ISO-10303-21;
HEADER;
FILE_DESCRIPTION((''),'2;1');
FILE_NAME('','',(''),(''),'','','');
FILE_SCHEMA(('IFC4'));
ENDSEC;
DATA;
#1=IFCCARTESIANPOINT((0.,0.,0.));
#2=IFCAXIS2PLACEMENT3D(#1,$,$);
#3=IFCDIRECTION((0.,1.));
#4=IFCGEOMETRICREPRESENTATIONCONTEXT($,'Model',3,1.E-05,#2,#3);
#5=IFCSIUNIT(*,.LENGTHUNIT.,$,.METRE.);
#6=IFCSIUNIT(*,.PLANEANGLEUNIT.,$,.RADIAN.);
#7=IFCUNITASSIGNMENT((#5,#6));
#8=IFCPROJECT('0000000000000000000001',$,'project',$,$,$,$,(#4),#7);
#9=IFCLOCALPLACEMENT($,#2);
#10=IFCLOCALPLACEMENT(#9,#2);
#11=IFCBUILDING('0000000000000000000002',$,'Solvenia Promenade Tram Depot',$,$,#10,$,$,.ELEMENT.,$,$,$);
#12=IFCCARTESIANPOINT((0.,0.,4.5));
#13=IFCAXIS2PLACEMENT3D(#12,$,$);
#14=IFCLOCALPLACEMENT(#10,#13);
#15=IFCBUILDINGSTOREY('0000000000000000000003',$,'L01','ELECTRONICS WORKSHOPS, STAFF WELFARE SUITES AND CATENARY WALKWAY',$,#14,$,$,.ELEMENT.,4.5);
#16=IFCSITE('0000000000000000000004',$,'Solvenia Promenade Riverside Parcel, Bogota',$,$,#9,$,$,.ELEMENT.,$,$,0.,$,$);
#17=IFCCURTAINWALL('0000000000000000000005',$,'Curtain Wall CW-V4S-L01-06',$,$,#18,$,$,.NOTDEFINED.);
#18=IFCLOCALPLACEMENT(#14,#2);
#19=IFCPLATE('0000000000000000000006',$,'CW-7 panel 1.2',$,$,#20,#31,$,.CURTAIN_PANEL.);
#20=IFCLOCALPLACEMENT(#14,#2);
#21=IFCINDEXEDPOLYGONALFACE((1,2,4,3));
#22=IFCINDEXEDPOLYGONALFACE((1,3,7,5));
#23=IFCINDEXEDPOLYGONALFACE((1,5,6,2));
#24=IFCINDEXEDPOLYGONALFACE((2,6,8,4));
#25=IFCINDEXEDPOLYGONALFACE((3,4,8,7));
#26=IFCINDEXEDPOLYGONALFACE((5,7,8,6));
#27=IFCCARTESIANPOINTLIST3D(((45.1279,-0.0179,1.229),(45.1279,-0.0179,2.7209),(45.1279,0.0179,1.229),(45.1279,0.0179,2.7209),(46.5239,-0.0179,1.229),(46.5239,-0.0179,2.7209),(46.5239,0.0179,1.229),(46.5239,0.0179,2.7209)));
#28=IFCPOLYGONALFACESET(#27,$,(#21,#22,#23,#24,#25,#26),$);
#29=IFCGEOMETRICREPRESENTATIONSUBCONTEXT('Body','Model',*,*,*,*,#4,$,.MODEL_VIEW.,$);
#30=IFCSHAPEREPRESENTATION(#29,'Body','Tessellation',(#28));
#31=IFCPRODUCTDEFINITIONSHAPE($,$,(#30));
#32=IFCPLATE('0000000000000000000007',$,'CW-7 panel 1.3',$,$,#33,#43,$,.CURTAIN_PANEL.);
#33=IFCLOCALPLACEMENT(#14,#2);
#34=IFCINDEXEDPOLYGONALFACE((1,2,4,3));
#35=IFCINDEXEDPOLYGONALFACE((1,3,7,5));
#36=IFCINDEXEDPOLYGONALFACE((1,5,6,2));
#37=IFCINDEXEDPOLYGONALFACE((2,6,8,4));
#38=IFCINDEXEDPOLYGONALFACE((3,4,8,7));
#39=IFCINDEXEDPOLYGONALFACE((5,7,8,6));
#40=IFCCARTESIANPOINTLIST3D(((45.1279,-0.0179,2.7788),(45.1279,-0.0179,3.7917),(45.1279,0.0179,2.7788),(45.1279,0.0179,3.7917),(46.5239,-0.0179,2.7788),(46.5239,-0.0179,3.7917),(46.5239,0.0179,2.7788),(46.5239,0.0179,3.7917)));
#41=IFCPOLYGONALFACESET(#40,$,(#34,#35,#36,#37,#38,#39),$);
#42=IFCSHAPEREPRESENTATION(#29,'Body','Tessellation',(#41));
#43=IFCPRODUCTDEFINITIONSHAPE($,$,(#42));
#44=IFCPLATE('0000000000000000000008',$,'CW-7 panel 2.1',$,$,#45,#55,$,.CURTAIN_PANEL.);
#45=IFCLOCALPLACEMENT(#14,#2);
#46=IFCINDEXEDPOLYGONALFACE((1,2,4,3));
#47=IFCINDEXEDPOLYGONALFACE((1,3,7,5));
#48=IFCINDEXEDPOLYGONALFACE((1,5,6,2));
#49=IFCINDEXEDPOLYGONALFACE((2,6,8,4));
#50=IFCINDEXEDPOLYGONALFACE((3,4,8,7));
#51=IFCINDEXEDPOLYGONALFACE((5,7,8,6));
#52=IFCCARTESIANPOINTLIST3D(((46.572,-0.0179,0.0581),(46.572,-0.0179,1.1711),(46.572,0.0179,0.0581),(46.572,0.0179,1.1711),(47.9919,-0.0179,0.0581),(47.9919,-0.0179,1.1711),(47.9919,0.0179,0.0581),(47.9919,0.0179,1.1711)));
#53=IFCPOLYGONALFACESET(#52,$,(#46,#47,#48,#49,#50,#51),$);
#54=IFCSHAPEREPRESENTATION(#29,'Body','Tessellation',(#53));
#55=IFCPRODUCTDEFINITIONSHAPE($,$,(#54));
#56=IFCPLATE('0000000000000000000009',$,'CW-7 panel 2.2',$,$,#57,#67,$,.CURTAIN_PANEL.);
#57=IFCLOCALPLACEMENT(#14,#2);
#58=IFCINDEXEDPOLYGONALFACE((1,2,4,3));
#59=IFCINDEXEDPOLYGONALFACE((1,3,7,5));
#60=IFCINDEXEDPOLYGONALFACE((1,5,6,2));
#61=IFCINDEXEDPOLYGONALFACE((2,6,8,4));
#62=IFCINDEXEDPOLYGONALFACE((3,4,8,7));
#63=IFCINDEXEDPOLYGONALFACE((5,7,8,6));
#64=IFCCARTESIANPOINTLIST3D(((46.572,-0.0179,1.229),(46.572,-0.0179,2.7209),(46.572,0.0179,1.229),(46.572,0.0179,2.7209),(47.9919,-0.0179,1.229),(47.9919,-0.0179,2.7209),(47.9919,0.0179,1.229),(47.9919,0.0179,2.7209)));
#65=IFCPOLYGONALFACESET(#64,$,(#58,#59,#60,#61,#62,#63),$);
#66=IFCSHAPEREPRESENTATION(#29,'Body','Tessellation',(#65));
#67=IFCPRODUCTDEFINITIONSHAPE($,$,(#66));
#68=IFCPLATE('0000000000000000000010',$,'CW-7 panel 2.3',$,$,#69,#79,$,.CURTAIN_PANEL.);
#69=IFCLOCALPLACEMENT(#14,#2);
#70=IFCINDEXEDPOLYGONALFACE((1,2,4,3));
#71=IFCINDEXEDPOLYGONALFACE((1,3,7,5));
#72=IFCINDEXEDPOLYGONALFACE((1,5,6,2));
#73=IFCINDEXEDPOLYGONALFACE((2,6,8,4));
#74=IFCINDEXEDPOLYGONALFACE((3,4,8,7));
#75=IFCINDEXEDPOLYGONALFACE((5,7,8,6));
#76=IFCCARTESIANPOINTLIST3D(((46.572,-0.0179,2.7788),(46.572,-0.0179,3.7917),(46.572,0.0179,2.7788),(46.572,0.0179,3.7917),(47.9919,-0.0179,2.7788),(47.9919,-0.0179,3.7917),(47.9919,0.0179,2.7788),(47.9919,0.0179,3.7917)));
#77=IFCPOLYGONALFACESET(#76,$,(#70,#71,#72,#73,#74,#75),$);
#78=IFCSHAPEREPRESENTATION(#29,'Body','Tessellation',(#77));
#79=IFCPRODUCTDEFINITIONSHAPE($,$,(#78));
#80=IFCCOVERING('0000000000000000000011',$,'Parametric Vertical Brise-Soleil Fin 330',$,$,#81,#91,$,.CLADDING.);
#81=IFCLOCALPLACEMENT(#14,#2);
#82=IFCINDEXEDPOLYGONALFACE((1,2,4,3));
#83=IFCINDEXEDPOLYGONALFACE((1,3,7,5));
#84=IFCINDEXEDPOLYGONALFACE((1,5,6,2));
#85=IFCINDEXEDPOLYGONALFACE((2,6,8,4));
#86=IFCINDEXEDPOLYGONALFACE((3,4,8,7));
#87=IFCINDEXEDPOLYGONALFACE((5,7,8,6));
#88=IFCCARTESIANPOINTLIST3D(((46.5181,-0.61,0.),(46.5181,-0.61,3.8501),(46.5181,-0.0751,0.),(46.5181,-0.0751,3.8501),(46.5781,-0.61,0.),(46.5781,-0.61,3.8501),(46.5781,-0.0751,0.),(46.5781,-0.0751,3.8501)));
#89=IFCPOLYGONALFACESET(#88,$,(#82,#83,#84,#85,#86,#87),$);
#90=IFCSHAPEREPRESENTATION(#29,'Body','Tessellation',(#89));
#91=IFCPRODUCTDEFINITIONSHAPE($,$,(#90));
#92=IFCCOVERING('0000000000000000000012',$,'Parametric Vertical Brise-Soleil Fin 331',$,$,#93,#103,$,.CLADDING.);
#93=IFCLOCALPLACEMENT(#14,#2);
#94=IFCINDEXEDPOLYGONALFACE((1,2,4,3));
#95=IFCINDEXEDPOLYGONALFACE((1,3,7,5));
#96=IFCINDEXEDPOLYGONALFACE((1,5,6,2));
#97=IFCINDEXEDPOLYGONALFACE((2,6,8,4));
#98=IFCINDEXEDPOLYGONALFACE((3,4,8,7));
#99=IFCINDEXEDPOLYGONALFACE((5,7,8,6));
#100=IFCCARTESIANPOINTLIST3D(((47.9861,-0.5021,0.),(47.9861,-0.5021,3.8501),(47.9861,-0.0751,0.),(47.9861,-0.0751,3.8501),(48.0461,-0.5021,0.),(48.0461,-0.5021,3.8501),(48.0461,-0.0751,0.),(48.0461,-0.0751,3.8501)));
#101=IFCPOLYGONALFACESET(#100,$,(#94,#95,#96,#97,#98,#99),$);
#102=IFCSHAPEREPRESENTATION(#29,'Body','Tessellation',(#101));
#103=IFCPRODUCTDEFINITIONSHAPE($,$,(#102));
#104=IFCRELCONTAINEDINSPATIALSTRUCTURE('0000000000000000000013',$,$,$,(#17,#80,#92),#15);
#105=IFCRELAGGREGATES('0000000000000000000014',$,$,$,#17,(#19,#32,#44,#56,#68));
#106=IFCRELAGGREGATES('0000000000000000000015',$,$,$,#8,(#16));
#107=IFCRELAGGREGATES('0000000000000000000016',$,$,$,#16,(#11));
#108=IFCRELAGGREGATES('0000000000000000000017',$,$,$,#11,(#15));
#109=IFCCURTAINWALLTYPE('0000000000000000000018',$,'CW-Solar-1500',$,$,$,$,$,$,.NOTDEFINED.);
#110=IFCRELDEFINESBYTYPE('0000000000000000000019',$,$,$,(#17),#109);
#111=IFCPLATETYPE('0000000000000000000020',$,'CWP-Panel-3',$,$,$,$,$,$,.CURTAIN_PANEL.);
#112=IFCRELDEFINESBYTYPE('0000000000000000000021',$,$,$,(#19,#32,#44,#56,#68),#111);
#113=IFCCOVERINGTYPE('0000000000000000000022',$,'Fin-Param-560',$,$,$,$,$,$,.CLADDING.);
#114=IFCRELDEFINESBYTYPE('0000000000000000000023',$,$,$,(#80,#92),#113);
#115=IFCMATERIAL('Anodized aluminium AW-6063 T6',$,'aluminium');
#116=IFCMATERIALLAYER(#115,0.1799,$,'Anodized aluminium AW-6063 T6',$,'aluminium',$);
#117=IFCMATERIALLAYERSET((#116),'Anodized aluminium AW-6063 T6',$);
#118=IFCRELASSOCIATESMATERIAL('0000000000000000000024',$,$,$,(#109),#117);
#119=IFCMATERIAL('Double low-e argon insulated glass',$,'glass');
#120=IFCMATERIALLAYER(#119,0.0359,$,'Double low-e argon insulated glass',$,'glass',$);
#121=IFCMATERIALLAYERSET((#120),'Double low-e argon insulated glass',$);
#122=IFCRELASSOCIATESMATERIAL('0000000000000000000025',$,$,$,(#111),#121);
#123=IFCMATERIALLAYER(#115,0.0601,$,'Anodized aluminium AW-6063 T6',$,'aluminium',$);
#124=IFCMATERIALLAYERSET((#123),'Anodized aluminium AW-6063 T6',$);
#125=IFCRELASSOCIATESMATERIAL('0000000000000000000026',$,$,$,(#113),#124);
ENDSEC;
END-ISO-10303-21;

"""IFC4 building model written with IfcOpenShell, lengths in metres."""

from ifc_helpers import new_model, si_unit, direction, frame, origin, origin_2d, place, context, subcontext, project, spatial, rectangle, extrude, material, layer, layer_set, type_object, element, aggregate, save


model = new_model("IFC4")

# Units and contexts
model_context = context("Model", 3, precision=1e-05, world=origin(), true_north=direction((0.0, 1.0)))
body_context = subcontext(model_context, "Body", "Model", "MODEL_VIEW")
ifc_project = project(units=[si_unit("LENGTHUNIT", "METRE"), si_unit("PLANEANGLEUNIT", "RADIAN")], contexts=[model_context])

# Site, building, storey
site_placement = place(None, origin())
site = spatial("IfcSite", under=ifc_project, at=site_placement, Name="Solvenia Promenade Riverside Parcel, Bogota", CompositionType="ELEMENT", RefElevation=0.0)
building_placement = place(site_placement, origin())
building = spatial("IfcBuilding", under=site, at=building_placement, Name="Solvenia Promenade Tram Depot", CompositionType="ELEMENT")
storey_placement = place(building_placement, frame((0.0, 0.0, 4.5)))
storey = spatial("IfcBuildingStorey", under=building, at=storey_placement, Name="L01", Description="ELECTRONICS WORKSHOPS, STAFF WELFARE SUITES AND CATENARY WALKWAY", CompositionType="ELEMENT", Elevation=4.5)

# Shared definitions
ifc_material_1 = material(Name="Anodized aluminium AW-6063 T6", Category="aluminium")

# Curtain wall
ifc_layer_1 = layer(ifc_material_1, 0.1799, Name="Anodized aluminium AW-6063 T6", Category="aluminium")
ifc_layer_set_1 = layer_set([ifc_layer_1], Name="Anodized aluminium AW-6063 T6")
curtain_wall_type_1 = type_object("IfcCurtainWallType", Name="CW-Solar-1500", PredefinedType="NOTDEFINED", material=ifc_layer_set_1)
curtain_wall_1_placement = place(storey_placement, origin())
curtain_wall_1 = element("IfcCurtainWall", 1, at=curtain_wall_1_placement, inside=storey, type_object=curtain_wall_type_1, Name="Curtain Wall CW-V4S-L01-06", PredefinedType="NOTDEFINED")

# Plates
ifc_material_2 = material(Name="Double low-e argon insulated glass", Category="glass")
ifc_layer_2 = layer(ifc_material_2, 0.0359, Name="Double low-e argon insulated glass", Category="glass")
ifc_layer_set_2 = layer_set([ifc_layer_2], Name="Double low-e argon insulated glass")
plate_type = type_object("IfcPlateType", Name="CWP-Panel-3", PredefinedType="CURTAIN_PANEL", material=ifc_layer_set_2)
plate_1_placement = place(storey_placement, frame((45.8259, 0.0, 1.229), z_axis=(0.0, 0.0, 1.0), x_axis=(1.0, 0.0, 0.0)))
plate_1 = element("IfcPlate", 2, at=plate_1_placement, type_object=plate_type, Name="CW-7 panel 1.2", PredefinedType="CURTAIN_PANEL", context=body_context, shape_type="SweptSolid", body=[
    extrude(rectangle(XDim=1.396, YDim=0.0359, at=origin_2d()), origin(), (0.0, 0.0, 1.0), 1.4919),
])
plate_2_placement = place(storey_placement, frame((45.8259, 0.0, 2.7788), z_axis=(0.0, 0.0, 1.0), x_axis=(1.0, 0.0, 0.0)))
plate_2 = element("IfcPlate", 3, at=plate_2_placement, type_object=plate_type, Name="CW-7 panel 1.3", PredefinedType="CURTAIN_PANEL", context=body_context, shape_type="SweptSolid", body=[
    extrude(rectangle(XDim=1.396, YDim=0.0359, at=origin_2d()), origin(), (0.0, 0.0, 1.0), 1.0129),
])
plate_3_placement = place(storey_placement, frame((47.282, 0.0, 0.0581), z_axis=(0.0, 0.0, 1.0), x_axis=(1.0, 0.0, 0.0)))
plate_3 = element("IfcPlate", 4, at=plate_3_placement, type_object=plate_type, Name="CW-7 panel 2.1", PredefinedType="CURTAIN_PANEL", context=body_context, shape_type="SweptSolid", body=[
    extrude(rectangle(XDim=1.4199, YDim=0.0359, at=origin_2d()), origin(), (0.0, 0.0, 1.0), 1.113),
])
plate_4_placement = place(storey_placement, frame((47.282, 0.0, 1.229), z_axis=(0.0, 0.0, 1.0), x_axis=(1.0, 0.0, 0.0)))
plate_4 = element("IfcPlate", 5, at=plate_4_placement, type_object=plate_type, Name="CW-7 panel 2.2", PredefinedType="CURTAIN_PANEL", context=body_context, shape_type="SweptSolid", body=[
    extrude(rectangle(XDim=1.4199, YDim=0.0359, at=origin_2d()), origin(), (0.0, 0.0, 1.0), 1.4919),
])
plate_5_placement = place(storey_placement, frame((47.282, 0.0, 2.7788), z_axis=(0.0, 0.0, 1.0), x_axis=(1.0, 0.0, 0.0)))
plate_5 = element("IfcPlate", 6, at=plate_5_placement, type_object=plate_type, Name="CW-7 panel 2.3", PredefinedType="CURTAIN_PANEL", context=body_context, shape_type="SweptSolid", body=[
    extrude(rectangle(XDim=1.4199, YDim=0.0359, at=origin_2d()), origin(), (0.0, 0.0, 1.0), 1.0129),
])
aggregate(curtain_wall_1, [plate_1, plate_2, plate_3, plate_4, plate_5])

# Coverings
ifc_layer_3 = layer(ifc_material_1, 0.0601, Name="Anodized aluminium AW-6063 T6", Category="aluminium")
ifc_layer_set_3 = layer_set([ifc_layer_3], Name="Anodized aluminium AW-6063 T6")
covering_type = type_object("IfcCoveringType", Name="Fin-Param-560", PredefinedType="CLADDING", material=ifc_layer_set_3)
covering_1_placement = place(storey_placement, frame((46.5481, -0.3425, 0.0), z_axis=(0.0, 0.0, 1.0), x_axis=(1.0, 0.0, 0.0)))
element("IfcCovering", 7, at=covering_1_placement, inside=storey, type_object=covering_type, Name="Parametric Vertical Brise-Soleil Fin 330", PredefinedType="CLADDING", context=body_context, shape_type="SweptSolid", body=[
    extrude(rectangle(XDim=0.0601, YDim=0.5349, at=origin_2d()), origin(), (0.0, 0.0, 1.0), 3.8501),
])
covering_2_placement = place(storey_placement, frame((48.0161, -0.2886, 0.0), z_axis=(0.0, 0.0, 1.0), x_axis=(1.0, 0.0, 0.0)))
element("IfcCovering", 8, at=covering_2_placement, inside=storey, type_object=covering_type, Name="Parametric Vertical Brise-Soleil Fin 331", PredefinedType="CLADDING", context=body_context, shape_type="SweptSolid", body=[
    extrude(rectangle(XDim=0.0601, YDim=0.427, at=origin_2d()), origin(), (0.0, 0.0, 1.0), 3.8501),
])

save(model, "model.ifc")
